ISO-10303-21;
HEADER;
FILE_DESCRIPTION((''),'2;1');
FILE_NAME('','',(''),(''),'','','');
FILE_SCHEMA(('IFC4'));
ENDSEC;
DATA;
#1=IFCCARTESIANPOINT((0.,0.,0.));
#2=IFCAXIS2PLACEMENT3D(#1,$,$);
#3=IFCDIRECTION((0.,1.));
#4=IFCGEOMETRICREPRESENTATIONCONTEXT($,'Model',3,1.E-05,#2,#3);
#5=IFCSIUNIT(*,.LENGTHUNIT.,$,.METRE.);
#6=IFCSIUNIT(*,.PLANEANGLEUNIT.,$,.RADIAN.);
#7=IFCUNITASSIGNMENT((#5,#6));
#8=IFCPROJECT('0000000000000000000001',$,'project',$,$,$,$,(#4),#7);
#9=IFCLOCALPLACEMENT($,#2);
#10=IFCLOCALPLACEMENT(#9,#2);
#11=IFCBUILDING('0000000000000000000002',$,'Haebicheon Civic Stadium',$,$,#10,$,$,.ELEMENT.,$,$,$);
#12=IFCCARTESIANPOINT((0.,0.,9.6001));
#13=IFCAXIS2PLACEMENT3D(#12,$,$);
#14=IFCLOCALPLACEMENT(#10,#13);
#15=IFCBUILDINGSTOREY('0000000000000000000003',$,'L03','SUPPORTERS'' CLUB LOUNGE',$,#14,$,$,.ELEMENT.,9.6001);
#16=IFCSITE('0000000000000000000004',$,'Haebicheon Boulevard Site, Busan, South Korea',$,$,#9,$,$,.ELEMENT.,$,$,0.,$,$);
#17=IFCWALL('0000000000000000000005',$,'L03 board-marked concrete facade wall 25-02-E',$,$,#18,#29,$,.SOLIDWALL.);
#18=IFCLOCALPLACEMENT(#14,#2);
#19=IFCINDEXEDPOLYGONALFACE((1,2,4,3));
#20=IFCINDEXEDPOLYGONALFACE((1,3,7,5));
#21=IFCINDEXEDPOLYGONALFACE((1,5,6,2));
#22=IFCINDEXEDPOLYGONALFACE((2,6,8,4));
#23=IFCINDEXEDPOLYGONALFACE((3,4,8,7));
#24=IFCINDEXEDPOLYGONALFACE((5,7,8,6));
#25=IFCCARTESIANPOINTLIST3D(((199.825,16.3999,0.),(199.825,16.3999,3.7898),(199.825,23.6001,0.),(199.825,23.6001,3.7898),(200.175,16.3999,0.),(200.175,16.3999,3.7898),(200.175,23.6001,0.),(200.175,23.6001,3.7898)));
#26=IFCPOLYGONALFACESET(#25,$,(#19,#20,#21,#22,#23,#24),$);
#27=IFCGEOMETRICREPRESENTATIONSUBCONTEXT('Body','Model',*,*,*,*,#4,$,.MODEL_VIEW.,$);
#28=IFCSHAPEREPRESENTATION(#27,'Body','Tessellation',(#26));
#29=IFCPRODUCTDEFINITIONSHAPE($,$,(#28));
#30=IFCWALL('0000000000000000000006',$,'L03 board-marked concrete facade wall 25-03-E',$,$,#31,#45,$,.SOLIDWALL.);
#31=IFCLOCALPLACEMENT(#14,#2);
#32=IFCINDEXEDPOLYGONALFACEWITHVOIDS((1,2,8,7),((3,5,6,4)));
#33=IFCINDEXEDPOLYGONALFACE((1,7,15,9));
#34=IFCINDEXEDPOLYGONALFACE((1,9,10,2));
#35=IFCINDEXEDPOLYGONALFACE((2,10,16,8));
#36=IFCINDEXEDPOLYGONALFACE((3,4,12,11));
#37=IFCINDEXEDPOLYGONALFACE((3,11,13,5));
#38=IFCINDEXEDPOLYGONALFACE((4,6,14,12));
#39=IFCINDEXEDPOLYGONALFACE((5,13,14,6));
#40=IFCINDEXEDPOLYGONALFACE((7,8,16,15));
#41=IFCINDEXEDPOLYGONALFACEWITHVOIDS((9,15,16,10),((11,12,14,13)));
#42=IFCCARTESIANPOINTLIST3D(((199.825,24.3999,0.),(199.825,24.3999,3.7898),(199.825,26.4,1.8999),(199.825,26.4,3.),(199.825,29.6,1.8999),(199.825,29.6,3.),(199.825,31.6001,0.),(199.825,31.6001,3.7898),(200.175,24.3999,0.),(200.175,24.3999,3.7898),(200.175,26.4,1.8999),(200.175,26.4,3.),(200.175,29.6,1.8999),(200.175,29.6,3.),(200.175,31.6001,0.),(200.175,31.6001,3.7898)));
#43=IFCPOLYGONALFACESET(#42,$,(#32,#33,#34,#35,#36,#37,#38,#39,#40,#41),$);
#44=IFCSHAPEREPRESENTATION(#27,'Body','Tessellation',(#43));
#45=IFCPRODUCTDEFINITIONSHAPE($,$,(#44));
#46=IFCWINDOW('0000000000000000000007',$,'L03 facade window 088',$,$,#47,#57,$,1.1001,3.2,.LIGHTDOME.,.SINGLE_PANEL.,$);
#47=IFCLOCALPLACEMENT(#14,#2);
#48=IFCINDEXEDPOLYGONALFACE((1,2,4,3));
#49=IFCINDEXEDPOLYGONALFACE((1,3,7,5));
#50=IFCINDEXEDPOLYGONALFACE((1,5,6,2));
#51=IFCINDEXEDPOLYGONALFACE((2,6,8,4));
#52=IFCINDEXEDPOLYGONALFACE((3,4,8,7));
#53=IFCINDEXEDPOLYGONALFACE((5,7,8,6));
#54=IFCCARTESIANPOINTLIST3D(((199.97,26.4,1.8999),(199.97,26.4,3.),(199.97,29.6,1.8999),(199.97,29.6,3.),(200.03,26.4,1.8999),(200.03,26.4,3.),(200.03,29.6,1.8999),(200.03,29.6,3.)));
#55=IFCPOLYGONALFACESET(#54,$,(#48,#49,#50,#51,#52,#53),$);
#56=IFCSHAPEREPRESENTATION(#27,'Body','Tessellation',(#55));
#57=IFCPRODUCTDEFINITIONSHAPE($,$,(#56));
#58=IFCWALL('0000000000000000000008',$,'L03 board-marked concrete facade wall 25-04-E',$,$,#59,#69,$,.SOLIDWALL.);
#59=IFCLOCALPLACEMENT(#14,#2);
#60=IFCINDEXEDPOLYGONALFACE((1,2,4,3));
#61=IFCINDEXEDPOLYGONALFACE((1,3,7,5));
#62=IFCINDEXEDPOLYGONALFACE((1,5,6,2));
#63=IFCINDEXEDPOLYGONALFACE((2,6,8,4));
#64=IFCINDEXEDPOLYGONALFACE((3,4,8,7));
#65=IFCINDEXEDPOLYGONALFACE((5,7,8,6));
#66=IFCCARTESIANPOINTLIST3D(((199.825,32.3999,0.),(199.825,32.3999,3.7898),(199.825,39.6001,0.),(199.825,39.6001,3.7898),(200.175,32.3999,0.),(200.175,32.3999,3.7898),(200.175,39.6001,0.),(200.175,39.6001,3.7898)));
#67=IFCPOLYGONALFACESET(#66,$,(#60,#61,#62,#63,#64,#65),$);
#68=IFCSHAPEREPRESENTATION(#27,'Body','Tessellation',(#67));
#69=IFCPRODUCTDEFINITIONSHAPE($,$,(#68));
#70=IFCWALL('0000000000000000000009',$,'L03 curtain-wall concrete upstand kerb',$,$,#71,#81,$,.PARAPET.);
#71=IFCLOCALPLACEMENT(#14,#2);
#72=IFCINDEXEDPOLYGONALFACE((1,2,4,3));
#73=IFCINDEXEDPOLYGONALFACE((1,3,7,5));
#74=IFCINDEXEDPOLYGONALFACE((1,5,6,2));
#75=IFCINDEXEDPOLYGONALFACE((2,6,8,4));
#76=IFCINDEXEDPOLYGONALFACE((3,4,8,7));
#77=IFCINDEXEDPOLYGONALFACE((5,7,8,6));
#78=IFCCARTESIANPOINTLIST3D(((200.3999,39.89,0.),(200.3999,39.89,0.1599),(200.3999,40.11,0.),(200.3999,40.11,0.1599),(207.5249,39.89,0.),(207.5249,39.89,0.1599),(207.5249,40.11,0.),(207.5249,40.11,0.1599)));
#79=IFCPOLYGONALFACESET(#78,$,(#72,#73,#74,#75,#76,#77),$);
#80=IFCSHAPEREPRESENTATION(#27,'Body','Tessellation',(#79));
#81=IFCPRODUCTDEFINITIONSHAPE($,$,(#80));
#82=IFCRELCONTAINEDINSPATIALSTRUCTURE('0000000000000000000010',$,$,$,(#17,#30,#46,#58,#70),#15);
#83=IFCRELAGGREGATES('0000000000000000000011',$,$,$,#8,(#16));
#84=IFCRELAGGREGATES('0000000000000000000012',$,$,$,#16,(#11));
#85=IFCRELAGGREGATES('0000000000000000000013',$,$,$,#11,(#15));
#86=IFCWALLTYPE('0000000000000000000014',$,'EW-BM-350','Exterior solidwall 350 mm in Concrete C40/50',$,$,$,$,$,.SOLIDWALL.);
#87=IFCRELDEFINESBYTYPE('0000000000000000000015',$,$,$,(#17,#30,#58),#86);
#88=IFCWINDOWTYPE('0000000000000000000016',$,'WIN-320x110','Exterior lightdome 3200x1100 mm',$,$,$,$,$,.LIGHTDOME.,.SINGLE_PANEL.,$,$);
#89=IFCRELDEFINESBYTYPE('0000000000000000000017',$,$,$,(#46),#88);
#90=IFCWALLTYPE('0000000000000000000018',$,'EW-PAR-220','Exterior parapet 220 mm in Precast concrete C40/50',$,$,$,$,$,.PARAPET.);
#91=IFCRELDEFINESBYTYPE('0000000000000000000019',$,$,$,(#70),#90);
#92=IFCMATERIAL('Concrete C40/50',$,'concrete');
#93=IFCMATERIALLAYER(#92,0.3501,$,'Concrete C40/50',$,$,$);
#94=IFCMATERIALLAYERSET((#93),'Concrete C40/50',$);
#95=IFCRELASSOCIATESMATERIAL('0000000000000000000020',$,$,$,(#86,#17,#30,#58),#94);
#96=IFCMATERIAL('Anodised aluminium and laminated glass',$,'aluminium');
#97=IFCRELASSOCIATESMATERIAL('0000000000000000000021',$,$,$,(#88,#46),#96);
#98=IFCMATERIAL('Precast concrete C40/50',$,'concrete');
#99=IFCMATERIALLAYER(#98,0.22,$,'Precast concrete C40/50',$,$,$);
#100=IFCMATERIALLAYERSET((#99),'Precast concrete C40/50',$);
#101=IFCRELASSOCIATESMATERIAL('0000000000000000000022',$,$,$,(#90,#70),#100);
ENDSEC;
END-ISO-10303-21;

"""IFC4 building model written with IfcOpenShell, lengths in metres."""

from ifc_helpers import new_model, si_unit, direction, frame, frame_2d, origin, place, context, subcontext, project, spatial, rectangle, extrude, material, layer, layer_set, type_object, element, fill, save


model = new_model("IFC4")

# Units and contexts
model_context = context("Model", 3, precision=1e-05, world=origin(), true_north=direction((0.0, 1.0)))
body_context = subcontext(model_context, "Body", "Model", "MODEL_VIEW")
ifc_project = project(units=[si_unit("LENGTHUNIT", "METRE"), si_unit("PLANEANGLEUNIT", "RADIAN")], contexts=[model_context])

# Site, building, storey
site_placement = place(None, origin())
site = spatial("IfcSite", under=ifc_project, at=site_placement, Name="Haebicheon Boulevard Site, Busan, South Korea", CompositionType="ELEMENT", RefElevation=0.0)
building_placement = place(site_placement, origin())
building = spatial("IfcBuilding", under=site, at=building_placement, Name="Haebicheon Civic Stadium", CompositionType="ELEMENT")
storey_placement = place(building_placement, frame((0.0, 0.0, 9.6001)))
storey = spatial("IfcBuildingStorey", under=building, at=storey_placement, Name="L03", Description="SUPPORTERS' CLUB LOUNGE", CompositionType="ELEMENT", Elevation=9.6001)

# Wall
ifc_material_1 = material(Name="Concrete C40/50", Category="concrete")
ifc_layer_1 = layer(ifc_material_1, 0.3501, Name="Concrete C40/50")
ifc_layer_set_1 = layer_set([ifc_layer_1], Name="Concrete C40/50")
wall_type_1 = type_object("IfcWallType", Name="EW-BM-350", Description="Exterior solidwall 350 mm in Concrete C40/50", PredefinedType="SOLIDWALL", material=ifc_layer_set_1)
wall_1_placement = place(storey_placement, frame((200.0, 16.3999, 0.0), z_axis=(0.0, 0.0, 1.0), x_axis=(0.0, 1.0, 0.0)))
element("IfcWall", 1, at=wall_1_placement, inside=storey, type_object=wall_type_1, material=ifc_layer_set_1, Name="L03 board-marked concrete facade wall 25-02-E", PredefinedType="SOLIDWALL", context=body_context, shape_type="SweptSolid", body=[
    extrude(rectangle(XDim=7.2002, YDim=0.3501, at=frame_2d((3.6001, 0.0))), origin(), (0.0, 0.0, 1.0), 3.7898),
])

# Wall, opening, window
wall_2_placement = place(storey_placement, frame((200.0, 24.3999, 0.0), z_axis=(0.0, 0.0, 1.0), x_axis=(0.0, 1.0, 0.0)))
wall_2 = element("IfcWall", 2, at=wall_2_placement, inside=storey, type_object=wall_type_1, material=ifc_layer_set_1, Name="L03 board-marked concrete facade wall 25-03-E", PredefinedType="SOLIDWALL", context=body_context, shape_type="SweptSolid", body=[
    extrude(rectangle(XDim=7.2002, YDim=0.3501, at=frame_2d((3.6001, 0.0))), origin(), (0.0, 0.0, 1.0), 3.7898),
])
opening_placement = place(wall_2_placement, frame((2.0, 0.0, 1.8999)))
opening = element("IfcOpeningElement", 3, at=opening_placement, cuts=wall_2, PredefinedType="OPENING", context=body_context, shape_type="SweptSolid", body=[
    extrude(rectangle(XDim=3.2, YDim=1.1001, at=frame_2d((1.6001, 0.55))), frame((0.0, 0.1851, 0.0), z_axis=(0.0, -1.0, 0.0), x_axis=(1.0, 0.0, 0.0)), (0.0, 0.0, 1.0), 0.3701),
])
ifc_material_2 = material(Name="Anodised aluminium and laminated glass", Category="aluminium")
window_type = type_object("IfcWindowType", Name="WIN-320x110", Description="Exterior lightdome 3200x1100 mm", PartitioningType="SINGLE_PANEL", PredefinedType="LIGHTDOME", material=ifc_material_2)
window_placement = place(opening_placement, origin())
window = element("IfcWindow", 4, at=window_placement, inside=storey, type_object=window_type, material=ifc_material_2, Name="L03 facade window 088", OverallHeight=1.1001, OverallWidth=3.2, PartitioningType="SINGLE_PANEL", PredefinedType="LIGHTDOME", context=body_context, shape_type="SweptSolid", body=[
    extrude(rectangle(XDim=3.2, YDim=1.1001, at=frame_2d((1.6001, 0.55))), frame((0.0, 0.03, 0.0), z_axis=(0.0, -1.0, 0.0), x_axis=(1.0, 0.0, 0.0)), (0.0, 0.0, 1.0), 0.0601),
])
fill(opening, window)

# Walls
wall_3_placement = place(storey_placement, frame((200.0, 32.3999, 0.0), z_axis=(0.0, 0.0, 1.0), x_axis=(0.0, 1.0, 0.0)))
element("IfcWall", 5, at=wall_3_placement, inside=storey, type_object=wall_type_1, material=ifc_layer_set_1, Name="L03 board-marked concrete facade wall 25-04-E", PredefinedType="SOLIDWALL", context=body_context, shape_type="SweptSolid", body=[
    extrude(rectangle(XDim=7.2002, YDim=0.3501, at=frame_2d((3.6001, 0.0))), origin(), (0.0, 0.0, 1.0), 3.7898),
])
ifc_material_3 = material(Name="Precast concrete C40/50", Category="concrete")
ifc_layer_2 = layer(ifc_material_3, 0.22, Name="Precast concrete C40/50")
ifc_layer_set_2 = layer_set([ifc_layer_2], Name="Precast concrete C40/50")
wall_type_2 = type_object("IfcWallType", Name="EW-PAR-220", Description="Exterior parapet 220 mm in Precast concrete C40/50", PredefinedType="PARAPET", material=ifc_layer_set_2)
wall_4_placement = place(storey_placement, frame((200.3999, 40.0, 0.0), z_axis=(0.0, 0.0, 1.0), x_axis=(1.0, 0.0, 0.0)))
element("IfcWall", 6, at=wall_4_placement, inside=storey, type_object=wall_type_2, material=ifc_layer_set_2, Name="L03 curtain-wall concrete upstand kerb", PredefinedType="PARAPET", context=body_context, shape_type="SweptSolid", body=[
    extrude(rectangle(XDim=7.125, YDim=0.22, at=frame_2d((3.5625, 0.0))), origin(), (0.0, 0.0, 1.0), 0.1599),
])

save(model, "model.ifc")
